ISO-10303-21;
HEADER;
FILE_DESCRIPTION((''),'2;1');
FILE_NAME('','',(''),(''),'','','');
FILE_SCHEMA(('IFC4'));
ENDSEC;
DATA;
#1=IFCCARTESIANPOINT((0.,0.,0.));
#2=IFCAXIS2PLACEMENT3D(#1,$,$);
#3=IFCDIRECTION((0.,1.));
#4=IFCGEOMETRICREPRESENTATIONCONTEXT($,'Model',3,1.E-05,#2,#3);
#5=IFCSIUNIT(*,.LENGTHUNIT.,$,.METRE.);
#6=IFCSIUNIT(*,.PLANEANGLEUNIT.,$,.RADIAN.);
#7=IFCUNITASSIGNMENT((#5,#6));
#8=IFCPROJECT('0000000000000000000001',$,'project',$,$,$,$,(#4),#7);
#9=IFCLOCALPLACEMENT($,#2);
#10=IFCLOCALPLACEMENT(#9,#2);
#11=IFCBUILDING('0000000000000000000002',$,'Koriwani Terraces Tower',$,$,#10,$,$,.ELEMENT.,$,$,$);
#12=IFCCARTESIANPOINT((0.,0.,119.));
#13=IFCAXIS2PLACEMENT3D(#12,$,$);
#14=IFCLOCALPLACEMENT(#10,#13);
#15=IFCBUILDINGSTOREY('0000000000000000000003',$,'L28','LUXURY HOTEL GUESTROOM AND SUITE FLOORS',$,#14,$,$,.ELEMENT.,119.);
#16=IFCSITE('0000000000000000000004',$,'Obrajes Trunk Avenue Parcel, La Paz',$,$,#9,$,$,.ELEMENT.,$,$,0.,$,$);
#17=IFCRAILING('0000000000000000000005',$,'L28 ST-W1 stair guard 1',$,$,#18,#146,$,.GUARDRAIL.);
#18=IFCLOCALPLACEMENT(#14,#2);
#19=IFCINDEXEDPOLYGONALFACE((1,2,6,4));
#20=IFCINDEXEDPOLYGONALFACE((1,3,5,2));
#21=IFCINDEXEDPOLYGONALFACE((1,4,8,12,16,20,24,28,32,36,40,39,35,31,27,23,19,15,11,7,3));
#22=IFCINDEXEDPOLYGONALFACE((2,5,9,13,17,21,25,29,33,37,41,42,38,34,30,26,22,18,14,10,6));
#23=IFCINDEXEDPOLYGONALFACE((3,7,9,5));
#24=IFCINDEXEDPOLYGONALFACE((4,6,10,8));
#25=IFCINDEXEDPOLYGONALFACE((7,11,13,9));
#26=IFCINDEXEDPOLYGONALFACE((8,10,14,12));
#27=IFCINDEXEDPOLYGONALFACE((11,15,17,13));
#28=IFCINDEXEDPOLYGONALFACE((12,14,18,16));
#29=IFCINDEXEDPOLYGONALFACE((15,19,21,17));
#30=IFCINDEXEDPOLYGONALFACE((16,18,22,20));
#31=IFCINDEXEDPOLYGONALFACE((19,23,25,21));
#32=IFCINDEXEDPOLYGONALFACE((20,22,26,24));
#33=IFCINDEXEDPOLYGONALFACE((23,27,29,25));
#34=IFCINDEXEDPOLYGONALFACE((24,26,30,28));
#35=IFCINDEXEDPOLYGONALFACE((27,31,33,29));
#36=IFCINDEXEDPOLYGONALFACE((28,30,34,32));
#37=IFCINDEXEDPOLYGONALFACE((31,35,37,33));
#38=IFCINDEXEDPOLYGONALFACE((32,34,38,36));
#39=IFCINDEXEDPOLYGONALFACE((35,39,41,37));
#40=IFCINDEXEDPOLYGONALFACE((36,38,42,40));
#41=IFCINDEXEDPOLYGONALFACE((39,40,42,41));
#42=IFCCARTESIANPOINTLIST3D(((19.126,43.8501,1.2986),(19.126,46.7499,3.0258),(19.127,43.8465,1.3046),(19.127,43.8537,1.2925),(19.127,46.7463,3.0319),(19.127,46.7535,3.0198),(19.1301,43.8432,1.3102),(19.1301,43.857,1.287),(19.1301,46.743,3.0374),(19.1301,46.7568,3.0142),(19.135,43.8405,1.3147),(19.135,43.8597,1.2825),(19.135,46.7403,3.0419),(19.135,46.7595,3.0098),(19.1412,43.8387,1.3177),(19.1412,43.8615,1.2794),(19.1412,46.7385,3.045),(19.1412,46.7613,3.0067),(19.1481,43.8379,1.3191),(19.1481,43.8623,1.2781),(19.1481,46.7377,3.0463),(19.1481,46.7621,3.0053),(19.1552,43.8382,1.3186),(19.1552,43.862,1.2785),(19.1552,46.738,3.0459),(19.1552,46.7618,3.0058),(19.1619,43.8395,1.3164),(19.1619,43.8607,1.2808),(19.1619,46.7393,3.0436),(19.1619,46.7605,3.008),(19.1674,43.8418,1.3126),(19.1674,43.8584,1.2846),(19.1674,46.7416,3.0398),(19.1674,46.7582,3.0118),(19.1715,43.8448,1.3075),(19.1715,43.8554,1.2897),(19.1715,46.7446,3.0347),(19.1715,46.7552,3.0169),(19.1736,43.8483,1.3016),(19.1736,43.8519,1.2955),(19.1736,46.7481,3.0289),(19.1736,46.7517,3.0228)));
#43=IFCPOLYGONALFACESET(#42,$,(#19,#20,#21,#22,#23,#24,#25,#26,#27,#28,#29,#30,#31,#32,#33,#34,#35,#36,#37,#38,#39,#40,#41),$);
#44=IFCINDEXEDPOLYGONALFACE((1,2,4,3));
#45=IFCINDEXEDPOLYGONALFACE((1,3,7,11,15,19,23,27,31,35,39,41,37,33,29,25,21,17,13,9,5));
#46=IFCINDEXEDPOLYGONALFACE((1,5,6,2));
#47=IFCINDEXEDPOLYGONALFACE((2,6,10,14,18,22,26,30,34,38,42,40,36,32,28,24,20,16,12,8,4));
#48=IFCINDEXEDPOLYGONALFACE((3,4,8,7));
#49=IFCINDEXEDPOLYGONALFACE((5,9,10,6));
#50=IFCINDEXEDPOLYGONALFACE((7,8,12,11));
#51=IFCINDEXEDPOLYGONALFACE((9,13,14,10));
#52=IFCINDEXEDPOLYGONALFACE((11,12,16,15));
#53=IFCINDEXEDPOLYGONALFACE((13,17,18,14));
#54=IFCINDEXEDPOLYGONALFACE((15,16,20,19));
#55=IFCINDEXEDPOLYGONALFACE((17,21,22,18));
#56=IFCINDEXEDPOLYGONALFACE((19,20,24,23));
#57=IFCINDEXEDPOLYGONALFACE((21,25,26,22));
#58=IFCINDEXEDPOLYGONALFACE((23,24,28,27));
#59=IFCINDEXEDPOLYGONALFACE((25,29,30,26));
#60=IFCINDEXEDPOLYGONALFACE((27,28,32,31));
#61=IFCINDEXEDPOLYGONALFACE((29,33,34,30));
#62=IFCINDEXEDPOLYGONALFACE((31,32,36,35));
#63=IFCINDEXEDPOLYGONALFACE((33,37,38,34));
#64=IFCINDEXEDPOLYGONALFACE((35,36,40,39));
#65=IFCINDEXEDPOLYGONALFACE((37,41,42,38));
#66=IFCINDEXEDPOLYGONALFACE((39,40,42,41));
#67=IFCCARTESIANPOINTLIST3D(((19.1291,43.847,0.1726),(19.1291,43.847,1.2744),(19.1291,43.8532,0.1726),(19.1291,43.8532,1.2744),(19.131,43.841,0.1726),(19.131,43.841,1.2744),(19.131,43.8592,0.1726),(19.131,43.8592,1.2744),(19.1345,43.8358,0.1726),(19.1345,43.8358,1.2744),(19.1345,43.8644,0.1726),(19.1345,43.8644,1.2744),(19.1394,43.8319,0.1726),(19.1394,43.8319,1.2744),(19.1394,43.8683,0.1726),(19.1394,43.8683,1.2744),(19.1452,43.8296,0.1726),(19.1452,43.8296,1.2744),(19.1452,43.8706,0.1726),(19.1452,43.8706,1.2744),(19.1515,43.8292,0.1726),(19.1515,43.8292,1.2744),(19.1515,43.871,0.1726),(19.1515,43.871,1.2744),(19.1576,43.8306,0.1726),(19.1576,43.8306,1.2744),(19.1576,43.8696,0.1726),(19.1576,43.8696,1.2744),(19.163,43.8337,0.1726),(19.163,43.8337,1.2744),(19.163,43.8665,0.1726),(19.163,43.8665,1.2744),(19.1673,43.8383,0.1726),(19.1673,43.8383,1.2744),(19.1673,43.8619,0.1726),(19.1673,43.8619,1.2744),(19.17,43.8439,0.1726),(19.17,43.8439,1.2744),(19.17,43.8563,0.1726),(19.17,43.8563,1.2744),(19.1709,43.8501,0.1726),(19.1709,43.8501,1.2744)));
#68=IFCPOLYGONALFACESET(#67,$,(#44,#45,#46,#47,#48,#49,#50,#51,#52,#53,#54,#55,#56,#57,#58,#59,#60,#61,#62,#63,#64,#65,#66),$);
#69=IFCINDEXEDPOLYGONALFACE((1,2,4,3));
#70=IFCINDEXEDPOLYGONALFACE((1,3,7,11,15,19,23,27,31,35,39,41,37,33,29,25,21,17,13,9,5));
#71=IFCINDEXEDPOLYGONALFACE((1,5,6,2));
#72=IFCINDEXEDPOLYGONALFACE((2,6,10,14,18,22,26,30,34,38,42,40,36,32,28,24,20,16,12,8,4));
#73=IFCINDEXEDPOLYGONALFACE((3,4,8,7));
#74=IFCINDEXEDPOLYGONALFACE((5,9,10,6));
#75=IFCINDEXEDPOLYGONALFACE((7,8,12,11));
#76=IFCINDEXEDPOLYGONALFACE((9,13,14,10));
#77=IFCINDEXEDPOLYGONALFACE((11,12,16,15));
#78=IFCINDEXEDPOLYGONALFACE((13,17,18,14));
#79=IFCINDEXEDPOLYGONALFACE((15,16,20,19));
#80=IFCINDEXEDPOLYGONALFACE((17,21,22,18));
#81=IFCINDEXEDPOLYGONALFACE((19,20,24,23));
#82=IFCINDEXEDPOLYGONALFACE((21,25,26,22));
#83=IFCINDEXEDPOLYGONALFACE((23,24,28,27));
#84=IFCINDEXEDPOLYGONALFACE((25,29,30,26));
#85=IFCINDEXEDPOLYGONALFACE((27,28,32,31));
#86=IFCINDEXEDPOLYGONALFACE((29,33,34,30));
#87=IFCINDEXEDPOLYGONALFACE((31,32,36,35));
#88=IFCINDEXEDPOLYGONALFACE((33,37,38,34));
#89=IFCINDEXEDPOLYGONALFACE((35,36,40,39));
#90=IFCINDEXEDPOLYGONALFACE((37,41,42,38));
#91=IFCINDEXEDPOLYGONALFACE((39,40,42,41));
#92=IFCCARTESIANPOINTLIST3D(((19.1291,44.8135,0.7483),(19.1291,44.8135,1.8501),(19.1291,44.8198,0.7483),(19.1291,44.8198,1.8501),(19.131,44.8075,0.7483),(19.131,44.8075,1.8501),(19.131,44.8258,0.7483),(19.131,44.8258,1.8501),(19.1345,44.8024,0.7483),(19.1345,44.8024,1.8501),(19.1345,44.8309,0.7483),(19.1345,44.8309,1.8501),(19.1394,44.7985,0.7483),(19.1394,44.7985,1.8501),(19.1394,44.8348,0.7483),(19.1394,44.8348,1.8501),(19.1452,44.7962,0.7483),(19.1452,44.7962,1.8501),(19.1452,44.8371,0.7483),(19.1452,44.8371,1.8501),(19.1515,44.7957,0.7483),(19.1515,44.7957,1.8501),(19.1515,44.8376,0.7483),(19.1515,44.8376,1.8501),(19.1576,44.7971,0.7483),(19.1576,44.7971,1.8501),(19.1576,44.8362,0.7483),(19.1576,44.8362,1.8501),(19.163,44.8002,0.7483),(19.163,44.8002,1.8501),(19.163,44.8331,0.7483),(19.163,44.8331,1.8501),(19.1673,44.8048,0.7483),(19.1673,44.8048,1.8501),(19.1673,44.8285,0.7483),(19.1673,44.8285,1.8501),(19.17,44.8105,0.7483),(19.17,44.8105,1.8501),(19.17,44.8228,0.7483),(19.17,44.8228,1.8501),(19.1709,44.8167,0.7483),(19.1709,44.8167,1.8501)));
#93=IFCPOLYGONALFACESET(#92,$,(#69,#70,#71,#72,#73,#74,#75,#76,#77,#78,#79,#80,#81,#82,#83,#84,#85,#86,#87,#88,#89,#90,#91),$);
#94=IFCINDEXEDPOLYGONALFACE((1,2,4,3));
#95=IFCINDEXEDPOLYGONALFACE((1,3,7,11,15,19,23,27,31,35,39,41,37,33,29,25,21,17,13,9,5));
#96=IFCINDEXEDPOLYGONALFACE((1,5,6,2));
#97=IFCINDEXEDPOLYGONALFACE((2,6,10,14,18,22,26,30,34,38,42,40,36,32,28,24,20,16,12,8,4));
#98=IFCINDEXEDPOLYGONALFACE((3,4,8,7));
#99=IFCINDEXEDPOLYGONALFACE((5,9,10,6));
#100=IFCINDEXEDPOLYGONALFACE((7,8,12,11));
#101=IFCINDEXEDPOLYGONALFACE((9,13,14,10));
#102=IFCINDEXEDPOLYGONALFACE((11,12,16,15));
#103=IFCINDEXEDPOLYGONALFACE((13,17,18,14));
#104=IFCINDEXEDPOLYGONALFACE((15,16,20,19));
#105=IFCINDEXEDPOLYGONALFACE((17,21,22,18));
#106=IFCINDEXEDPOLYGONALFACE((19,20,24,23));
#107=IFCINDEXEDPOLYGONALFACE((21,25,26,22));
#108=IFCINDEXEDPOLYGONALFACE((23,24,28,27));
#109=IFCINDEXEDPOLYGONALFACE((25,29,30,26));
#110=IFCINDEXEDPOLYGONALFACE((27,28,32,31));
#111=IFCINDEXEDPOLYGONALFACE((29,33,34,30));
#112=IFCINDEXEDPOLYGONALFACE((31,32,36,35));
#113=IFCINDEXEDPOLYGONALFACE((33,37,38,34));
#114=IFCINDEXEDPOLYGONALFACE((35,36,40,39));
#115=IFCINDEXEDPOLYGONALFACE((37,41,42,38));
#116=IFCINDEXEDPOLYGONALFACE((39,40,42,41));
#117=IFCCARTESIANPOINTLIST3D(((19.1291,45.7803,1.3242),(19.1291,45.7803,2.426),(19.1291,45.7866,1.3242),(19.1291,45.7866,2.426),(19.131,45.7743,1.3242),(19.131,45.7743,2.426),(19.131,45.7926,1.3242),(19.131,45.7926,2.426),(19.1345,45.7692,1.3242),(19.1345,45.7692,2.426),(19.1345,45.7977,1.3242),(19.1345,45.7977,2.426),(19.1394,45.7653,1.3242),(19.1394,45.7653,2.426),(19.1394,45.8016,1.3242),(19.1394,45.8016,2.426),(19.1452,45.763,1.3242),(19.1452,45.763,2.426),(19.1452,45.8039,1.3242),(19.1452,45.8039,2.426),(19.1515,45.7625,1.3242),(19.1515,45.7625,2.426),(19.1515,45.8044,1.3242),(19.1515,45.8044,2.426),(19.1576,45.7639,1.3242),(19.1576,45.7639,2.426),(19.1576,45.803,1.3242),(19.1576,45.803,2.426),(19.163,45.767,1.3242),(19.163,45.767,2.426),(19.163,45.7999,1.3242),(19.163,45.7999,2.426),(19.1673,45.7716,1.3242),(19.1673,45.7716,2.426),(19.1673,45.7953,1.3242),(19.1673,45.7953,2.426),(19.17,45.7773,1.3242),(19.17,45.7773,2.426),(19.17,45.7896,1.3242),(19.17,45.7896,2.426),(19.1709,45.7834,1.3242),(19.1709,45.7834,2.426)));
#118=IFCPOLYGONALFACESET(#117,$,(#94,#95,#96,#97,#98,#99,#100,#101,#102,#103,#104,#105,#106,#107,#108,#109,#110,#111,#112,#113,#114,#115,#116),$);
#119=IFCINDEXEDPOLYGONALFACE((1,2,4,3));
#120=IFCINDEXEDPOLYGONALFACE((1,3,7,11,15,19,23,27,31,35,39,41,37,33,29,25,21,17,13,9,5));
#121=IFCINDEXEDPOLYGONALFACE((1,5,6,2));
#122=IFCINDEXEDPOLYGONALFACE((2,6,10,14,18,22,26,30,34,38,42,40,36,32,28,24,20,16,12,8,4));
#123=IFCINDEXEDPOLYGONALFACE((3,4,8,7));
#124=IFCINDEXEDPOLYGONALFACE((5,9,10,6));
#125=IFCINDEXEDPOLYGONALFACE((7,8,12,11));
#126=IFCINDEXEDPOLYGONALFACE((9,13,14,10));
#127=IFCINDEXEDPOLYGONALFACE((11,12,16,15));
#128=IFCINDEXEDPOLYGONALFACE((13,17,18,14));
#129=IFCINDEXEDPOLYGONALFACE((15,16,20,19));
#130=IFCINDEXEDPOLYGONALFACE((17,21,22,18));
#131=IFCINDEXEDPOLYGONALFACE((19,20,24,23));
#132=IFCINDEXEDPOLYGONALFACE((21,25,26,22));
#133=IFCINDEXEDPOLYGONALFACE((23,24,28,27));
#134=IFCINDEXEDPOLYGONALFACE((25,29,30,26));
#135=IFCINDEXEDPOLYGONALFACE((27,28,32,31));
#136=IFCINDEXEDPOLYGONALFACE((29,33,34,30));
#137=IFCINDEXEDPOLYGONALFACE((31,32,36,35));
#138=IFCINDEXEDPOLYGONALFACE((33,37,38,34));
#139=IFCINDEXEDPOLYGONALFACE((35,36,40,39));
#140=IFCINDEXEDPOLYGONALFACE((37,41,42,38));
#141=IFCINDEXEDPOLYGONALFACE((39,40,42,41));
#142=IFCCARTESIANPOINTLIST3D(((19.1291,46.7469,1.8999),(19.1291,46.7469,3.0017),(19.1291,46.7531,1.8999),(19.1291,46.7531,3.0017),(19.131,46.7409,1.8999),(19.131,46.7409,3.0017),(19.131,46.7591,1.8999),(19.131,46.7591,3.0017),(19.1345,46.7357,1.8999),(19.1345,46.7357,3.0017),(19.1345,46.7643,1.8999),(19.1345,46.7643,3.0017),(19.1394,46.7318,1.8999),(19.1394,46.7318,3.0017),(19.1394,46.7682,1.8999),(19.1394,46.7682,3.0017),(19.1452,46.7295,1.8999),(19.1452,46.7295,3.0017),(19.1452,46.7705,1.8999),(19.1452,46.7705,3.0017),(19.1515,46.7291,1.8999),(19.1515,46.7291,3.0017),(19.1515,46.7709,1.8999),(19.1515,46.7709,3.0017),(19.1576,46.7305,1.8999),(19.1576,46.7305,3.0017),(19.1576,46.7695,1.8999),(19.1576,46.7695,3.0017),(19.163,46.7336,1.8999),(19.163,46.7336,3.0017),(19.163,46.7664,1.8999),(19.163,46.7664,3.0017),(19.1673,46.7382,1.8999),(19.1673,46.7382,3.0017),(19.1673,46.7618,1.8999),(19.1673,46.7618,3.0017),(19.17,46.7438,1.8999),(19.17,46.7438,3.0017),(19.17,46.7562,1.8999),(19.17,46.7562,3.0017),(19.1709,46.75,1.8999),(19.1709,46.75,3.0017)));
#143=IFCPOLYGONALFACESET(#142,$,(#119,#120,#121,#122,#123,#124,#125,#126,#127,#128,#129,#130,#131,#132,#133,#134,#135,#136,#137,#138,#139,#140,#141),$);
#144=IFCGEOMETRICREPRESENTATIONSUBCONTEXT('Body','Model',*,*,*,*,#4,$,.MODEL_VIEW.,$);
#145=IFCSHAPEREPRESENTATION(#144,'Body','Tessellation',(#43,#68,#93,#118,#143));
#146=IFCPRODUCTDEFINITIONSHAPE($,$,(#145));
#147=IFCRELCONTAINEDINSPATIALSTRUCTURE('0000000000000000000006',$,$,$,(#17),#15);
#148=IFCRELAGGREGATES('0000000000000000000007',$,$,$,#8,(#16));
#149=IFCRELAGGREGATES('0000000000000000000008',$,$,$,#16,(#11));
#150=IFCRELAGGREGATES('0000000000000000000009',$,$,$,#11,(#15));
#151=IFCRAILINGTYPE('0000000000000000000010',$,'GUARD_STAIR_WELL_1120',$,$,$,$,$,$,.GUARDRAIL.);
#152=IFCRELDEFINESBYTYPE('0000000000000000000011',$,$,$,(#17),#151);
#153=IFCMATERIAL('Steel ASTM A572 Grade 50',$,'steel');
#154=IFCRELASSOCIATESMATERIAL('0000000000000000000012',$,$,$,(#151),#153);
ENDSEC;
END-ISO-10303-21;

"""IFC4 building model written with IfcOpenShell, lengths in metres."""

from ifc_helpers import new_model, si_unit, direction, frame, origin, origin_2d, place, context, subcontext, project, spatial, circle, extrude, material, type_object, element, save


model = new_model("IFC4")

# Units and contexts
model_context = context("Model", 3, precision=1e-05, world=origin(), true_north=direction((0.0, 1.0)))
body_context = subcontext(model_context, "Body", "Model", "MODEL_VIEW")
ifc_project = project(units=[si_unit("LENGTHUNIT", "METRE"), si_unit("PLANEANGLEUNIT", "RADIAN")], contexts=[model_context])

# Site, building, storey
site_placement = place(None, origin())
site = spatial("IfcSite", under=ifc_project, at=site_placement, Name="Obrajes Trunk Avenue Parcel, La Paz", CompositionType="ELEMENT", RefElevation=0.0)
building_placement = place(site_placement, origin())
building = spatial("IfcBuilding", under=site, at=building_placement, Name="Koriwani Terraces Tower", CompositionType="ELEMENT")
storey_placement = place(building_placement, frame((0.0, 0.0, 119.0)))
storey = spatial("IfcBuildingStorey", under=building, at=storey_placement, Name="L28", Description="LUXURY HOTEL GUESTROOM AND SUITE FLOORS", CompositionType="ELEMENT", Elevation=119.0)

# Shared definitions
ifc_material_1 = material(Name="Steel ASTM A572 Grade 50", Category="steel")

# Railing
railing_type_1 = type_object("IfcRailingType", Name="GUARD_STAIR_WELL_1120", PredefinedType="GUARDRAIL", material=ifc_material_1)
railing_1_placement = place(storey_placement, frame((19.1499, 43.8501, 0.1726)))
element("IfcRailing", 1, at=railing_1_placement, inside=storey, type_object=railing_type_1, Name="L28 ST-W1 stair guard 1", PredefinedType="GUARDRAIL", context=body_context, shape_type="SweptSolid", body=[
    extrude(circle(Radius=0.0239, at=origin_2d()), frame((0.0, 0.0, 1.126), z_axis=(0.0, 0.859141, 0.511738), x_axis=(-1.0, 0.0, 0.0)), (0.0, 0.0, 1.0), 3.3752),
    extrude(circle(Radius=0.021, at=origin_2d()), origin(), (0.0, 0.0, 1.0), 1.1018),
    extrude(circle(Radius=0.021, at=origin_2d()), frame((0.0, 0.9666, 0.5757)), (0.0, 0.0, 1.0), 1.1018),
    extrude(circle(Radius=0.021, at=origin_2d()), frame((0.0, 1.9333, 1.1516)), (0.0, 0.0, 1.0), 1.1018),
    extrude(circle(Radius=0.021, at=origin_2d()), frame((0.0, 2.8999, 1.7273)), (0.0, 0.0, 1.0), 1.1018),
])

save(model, "model.ifc")
